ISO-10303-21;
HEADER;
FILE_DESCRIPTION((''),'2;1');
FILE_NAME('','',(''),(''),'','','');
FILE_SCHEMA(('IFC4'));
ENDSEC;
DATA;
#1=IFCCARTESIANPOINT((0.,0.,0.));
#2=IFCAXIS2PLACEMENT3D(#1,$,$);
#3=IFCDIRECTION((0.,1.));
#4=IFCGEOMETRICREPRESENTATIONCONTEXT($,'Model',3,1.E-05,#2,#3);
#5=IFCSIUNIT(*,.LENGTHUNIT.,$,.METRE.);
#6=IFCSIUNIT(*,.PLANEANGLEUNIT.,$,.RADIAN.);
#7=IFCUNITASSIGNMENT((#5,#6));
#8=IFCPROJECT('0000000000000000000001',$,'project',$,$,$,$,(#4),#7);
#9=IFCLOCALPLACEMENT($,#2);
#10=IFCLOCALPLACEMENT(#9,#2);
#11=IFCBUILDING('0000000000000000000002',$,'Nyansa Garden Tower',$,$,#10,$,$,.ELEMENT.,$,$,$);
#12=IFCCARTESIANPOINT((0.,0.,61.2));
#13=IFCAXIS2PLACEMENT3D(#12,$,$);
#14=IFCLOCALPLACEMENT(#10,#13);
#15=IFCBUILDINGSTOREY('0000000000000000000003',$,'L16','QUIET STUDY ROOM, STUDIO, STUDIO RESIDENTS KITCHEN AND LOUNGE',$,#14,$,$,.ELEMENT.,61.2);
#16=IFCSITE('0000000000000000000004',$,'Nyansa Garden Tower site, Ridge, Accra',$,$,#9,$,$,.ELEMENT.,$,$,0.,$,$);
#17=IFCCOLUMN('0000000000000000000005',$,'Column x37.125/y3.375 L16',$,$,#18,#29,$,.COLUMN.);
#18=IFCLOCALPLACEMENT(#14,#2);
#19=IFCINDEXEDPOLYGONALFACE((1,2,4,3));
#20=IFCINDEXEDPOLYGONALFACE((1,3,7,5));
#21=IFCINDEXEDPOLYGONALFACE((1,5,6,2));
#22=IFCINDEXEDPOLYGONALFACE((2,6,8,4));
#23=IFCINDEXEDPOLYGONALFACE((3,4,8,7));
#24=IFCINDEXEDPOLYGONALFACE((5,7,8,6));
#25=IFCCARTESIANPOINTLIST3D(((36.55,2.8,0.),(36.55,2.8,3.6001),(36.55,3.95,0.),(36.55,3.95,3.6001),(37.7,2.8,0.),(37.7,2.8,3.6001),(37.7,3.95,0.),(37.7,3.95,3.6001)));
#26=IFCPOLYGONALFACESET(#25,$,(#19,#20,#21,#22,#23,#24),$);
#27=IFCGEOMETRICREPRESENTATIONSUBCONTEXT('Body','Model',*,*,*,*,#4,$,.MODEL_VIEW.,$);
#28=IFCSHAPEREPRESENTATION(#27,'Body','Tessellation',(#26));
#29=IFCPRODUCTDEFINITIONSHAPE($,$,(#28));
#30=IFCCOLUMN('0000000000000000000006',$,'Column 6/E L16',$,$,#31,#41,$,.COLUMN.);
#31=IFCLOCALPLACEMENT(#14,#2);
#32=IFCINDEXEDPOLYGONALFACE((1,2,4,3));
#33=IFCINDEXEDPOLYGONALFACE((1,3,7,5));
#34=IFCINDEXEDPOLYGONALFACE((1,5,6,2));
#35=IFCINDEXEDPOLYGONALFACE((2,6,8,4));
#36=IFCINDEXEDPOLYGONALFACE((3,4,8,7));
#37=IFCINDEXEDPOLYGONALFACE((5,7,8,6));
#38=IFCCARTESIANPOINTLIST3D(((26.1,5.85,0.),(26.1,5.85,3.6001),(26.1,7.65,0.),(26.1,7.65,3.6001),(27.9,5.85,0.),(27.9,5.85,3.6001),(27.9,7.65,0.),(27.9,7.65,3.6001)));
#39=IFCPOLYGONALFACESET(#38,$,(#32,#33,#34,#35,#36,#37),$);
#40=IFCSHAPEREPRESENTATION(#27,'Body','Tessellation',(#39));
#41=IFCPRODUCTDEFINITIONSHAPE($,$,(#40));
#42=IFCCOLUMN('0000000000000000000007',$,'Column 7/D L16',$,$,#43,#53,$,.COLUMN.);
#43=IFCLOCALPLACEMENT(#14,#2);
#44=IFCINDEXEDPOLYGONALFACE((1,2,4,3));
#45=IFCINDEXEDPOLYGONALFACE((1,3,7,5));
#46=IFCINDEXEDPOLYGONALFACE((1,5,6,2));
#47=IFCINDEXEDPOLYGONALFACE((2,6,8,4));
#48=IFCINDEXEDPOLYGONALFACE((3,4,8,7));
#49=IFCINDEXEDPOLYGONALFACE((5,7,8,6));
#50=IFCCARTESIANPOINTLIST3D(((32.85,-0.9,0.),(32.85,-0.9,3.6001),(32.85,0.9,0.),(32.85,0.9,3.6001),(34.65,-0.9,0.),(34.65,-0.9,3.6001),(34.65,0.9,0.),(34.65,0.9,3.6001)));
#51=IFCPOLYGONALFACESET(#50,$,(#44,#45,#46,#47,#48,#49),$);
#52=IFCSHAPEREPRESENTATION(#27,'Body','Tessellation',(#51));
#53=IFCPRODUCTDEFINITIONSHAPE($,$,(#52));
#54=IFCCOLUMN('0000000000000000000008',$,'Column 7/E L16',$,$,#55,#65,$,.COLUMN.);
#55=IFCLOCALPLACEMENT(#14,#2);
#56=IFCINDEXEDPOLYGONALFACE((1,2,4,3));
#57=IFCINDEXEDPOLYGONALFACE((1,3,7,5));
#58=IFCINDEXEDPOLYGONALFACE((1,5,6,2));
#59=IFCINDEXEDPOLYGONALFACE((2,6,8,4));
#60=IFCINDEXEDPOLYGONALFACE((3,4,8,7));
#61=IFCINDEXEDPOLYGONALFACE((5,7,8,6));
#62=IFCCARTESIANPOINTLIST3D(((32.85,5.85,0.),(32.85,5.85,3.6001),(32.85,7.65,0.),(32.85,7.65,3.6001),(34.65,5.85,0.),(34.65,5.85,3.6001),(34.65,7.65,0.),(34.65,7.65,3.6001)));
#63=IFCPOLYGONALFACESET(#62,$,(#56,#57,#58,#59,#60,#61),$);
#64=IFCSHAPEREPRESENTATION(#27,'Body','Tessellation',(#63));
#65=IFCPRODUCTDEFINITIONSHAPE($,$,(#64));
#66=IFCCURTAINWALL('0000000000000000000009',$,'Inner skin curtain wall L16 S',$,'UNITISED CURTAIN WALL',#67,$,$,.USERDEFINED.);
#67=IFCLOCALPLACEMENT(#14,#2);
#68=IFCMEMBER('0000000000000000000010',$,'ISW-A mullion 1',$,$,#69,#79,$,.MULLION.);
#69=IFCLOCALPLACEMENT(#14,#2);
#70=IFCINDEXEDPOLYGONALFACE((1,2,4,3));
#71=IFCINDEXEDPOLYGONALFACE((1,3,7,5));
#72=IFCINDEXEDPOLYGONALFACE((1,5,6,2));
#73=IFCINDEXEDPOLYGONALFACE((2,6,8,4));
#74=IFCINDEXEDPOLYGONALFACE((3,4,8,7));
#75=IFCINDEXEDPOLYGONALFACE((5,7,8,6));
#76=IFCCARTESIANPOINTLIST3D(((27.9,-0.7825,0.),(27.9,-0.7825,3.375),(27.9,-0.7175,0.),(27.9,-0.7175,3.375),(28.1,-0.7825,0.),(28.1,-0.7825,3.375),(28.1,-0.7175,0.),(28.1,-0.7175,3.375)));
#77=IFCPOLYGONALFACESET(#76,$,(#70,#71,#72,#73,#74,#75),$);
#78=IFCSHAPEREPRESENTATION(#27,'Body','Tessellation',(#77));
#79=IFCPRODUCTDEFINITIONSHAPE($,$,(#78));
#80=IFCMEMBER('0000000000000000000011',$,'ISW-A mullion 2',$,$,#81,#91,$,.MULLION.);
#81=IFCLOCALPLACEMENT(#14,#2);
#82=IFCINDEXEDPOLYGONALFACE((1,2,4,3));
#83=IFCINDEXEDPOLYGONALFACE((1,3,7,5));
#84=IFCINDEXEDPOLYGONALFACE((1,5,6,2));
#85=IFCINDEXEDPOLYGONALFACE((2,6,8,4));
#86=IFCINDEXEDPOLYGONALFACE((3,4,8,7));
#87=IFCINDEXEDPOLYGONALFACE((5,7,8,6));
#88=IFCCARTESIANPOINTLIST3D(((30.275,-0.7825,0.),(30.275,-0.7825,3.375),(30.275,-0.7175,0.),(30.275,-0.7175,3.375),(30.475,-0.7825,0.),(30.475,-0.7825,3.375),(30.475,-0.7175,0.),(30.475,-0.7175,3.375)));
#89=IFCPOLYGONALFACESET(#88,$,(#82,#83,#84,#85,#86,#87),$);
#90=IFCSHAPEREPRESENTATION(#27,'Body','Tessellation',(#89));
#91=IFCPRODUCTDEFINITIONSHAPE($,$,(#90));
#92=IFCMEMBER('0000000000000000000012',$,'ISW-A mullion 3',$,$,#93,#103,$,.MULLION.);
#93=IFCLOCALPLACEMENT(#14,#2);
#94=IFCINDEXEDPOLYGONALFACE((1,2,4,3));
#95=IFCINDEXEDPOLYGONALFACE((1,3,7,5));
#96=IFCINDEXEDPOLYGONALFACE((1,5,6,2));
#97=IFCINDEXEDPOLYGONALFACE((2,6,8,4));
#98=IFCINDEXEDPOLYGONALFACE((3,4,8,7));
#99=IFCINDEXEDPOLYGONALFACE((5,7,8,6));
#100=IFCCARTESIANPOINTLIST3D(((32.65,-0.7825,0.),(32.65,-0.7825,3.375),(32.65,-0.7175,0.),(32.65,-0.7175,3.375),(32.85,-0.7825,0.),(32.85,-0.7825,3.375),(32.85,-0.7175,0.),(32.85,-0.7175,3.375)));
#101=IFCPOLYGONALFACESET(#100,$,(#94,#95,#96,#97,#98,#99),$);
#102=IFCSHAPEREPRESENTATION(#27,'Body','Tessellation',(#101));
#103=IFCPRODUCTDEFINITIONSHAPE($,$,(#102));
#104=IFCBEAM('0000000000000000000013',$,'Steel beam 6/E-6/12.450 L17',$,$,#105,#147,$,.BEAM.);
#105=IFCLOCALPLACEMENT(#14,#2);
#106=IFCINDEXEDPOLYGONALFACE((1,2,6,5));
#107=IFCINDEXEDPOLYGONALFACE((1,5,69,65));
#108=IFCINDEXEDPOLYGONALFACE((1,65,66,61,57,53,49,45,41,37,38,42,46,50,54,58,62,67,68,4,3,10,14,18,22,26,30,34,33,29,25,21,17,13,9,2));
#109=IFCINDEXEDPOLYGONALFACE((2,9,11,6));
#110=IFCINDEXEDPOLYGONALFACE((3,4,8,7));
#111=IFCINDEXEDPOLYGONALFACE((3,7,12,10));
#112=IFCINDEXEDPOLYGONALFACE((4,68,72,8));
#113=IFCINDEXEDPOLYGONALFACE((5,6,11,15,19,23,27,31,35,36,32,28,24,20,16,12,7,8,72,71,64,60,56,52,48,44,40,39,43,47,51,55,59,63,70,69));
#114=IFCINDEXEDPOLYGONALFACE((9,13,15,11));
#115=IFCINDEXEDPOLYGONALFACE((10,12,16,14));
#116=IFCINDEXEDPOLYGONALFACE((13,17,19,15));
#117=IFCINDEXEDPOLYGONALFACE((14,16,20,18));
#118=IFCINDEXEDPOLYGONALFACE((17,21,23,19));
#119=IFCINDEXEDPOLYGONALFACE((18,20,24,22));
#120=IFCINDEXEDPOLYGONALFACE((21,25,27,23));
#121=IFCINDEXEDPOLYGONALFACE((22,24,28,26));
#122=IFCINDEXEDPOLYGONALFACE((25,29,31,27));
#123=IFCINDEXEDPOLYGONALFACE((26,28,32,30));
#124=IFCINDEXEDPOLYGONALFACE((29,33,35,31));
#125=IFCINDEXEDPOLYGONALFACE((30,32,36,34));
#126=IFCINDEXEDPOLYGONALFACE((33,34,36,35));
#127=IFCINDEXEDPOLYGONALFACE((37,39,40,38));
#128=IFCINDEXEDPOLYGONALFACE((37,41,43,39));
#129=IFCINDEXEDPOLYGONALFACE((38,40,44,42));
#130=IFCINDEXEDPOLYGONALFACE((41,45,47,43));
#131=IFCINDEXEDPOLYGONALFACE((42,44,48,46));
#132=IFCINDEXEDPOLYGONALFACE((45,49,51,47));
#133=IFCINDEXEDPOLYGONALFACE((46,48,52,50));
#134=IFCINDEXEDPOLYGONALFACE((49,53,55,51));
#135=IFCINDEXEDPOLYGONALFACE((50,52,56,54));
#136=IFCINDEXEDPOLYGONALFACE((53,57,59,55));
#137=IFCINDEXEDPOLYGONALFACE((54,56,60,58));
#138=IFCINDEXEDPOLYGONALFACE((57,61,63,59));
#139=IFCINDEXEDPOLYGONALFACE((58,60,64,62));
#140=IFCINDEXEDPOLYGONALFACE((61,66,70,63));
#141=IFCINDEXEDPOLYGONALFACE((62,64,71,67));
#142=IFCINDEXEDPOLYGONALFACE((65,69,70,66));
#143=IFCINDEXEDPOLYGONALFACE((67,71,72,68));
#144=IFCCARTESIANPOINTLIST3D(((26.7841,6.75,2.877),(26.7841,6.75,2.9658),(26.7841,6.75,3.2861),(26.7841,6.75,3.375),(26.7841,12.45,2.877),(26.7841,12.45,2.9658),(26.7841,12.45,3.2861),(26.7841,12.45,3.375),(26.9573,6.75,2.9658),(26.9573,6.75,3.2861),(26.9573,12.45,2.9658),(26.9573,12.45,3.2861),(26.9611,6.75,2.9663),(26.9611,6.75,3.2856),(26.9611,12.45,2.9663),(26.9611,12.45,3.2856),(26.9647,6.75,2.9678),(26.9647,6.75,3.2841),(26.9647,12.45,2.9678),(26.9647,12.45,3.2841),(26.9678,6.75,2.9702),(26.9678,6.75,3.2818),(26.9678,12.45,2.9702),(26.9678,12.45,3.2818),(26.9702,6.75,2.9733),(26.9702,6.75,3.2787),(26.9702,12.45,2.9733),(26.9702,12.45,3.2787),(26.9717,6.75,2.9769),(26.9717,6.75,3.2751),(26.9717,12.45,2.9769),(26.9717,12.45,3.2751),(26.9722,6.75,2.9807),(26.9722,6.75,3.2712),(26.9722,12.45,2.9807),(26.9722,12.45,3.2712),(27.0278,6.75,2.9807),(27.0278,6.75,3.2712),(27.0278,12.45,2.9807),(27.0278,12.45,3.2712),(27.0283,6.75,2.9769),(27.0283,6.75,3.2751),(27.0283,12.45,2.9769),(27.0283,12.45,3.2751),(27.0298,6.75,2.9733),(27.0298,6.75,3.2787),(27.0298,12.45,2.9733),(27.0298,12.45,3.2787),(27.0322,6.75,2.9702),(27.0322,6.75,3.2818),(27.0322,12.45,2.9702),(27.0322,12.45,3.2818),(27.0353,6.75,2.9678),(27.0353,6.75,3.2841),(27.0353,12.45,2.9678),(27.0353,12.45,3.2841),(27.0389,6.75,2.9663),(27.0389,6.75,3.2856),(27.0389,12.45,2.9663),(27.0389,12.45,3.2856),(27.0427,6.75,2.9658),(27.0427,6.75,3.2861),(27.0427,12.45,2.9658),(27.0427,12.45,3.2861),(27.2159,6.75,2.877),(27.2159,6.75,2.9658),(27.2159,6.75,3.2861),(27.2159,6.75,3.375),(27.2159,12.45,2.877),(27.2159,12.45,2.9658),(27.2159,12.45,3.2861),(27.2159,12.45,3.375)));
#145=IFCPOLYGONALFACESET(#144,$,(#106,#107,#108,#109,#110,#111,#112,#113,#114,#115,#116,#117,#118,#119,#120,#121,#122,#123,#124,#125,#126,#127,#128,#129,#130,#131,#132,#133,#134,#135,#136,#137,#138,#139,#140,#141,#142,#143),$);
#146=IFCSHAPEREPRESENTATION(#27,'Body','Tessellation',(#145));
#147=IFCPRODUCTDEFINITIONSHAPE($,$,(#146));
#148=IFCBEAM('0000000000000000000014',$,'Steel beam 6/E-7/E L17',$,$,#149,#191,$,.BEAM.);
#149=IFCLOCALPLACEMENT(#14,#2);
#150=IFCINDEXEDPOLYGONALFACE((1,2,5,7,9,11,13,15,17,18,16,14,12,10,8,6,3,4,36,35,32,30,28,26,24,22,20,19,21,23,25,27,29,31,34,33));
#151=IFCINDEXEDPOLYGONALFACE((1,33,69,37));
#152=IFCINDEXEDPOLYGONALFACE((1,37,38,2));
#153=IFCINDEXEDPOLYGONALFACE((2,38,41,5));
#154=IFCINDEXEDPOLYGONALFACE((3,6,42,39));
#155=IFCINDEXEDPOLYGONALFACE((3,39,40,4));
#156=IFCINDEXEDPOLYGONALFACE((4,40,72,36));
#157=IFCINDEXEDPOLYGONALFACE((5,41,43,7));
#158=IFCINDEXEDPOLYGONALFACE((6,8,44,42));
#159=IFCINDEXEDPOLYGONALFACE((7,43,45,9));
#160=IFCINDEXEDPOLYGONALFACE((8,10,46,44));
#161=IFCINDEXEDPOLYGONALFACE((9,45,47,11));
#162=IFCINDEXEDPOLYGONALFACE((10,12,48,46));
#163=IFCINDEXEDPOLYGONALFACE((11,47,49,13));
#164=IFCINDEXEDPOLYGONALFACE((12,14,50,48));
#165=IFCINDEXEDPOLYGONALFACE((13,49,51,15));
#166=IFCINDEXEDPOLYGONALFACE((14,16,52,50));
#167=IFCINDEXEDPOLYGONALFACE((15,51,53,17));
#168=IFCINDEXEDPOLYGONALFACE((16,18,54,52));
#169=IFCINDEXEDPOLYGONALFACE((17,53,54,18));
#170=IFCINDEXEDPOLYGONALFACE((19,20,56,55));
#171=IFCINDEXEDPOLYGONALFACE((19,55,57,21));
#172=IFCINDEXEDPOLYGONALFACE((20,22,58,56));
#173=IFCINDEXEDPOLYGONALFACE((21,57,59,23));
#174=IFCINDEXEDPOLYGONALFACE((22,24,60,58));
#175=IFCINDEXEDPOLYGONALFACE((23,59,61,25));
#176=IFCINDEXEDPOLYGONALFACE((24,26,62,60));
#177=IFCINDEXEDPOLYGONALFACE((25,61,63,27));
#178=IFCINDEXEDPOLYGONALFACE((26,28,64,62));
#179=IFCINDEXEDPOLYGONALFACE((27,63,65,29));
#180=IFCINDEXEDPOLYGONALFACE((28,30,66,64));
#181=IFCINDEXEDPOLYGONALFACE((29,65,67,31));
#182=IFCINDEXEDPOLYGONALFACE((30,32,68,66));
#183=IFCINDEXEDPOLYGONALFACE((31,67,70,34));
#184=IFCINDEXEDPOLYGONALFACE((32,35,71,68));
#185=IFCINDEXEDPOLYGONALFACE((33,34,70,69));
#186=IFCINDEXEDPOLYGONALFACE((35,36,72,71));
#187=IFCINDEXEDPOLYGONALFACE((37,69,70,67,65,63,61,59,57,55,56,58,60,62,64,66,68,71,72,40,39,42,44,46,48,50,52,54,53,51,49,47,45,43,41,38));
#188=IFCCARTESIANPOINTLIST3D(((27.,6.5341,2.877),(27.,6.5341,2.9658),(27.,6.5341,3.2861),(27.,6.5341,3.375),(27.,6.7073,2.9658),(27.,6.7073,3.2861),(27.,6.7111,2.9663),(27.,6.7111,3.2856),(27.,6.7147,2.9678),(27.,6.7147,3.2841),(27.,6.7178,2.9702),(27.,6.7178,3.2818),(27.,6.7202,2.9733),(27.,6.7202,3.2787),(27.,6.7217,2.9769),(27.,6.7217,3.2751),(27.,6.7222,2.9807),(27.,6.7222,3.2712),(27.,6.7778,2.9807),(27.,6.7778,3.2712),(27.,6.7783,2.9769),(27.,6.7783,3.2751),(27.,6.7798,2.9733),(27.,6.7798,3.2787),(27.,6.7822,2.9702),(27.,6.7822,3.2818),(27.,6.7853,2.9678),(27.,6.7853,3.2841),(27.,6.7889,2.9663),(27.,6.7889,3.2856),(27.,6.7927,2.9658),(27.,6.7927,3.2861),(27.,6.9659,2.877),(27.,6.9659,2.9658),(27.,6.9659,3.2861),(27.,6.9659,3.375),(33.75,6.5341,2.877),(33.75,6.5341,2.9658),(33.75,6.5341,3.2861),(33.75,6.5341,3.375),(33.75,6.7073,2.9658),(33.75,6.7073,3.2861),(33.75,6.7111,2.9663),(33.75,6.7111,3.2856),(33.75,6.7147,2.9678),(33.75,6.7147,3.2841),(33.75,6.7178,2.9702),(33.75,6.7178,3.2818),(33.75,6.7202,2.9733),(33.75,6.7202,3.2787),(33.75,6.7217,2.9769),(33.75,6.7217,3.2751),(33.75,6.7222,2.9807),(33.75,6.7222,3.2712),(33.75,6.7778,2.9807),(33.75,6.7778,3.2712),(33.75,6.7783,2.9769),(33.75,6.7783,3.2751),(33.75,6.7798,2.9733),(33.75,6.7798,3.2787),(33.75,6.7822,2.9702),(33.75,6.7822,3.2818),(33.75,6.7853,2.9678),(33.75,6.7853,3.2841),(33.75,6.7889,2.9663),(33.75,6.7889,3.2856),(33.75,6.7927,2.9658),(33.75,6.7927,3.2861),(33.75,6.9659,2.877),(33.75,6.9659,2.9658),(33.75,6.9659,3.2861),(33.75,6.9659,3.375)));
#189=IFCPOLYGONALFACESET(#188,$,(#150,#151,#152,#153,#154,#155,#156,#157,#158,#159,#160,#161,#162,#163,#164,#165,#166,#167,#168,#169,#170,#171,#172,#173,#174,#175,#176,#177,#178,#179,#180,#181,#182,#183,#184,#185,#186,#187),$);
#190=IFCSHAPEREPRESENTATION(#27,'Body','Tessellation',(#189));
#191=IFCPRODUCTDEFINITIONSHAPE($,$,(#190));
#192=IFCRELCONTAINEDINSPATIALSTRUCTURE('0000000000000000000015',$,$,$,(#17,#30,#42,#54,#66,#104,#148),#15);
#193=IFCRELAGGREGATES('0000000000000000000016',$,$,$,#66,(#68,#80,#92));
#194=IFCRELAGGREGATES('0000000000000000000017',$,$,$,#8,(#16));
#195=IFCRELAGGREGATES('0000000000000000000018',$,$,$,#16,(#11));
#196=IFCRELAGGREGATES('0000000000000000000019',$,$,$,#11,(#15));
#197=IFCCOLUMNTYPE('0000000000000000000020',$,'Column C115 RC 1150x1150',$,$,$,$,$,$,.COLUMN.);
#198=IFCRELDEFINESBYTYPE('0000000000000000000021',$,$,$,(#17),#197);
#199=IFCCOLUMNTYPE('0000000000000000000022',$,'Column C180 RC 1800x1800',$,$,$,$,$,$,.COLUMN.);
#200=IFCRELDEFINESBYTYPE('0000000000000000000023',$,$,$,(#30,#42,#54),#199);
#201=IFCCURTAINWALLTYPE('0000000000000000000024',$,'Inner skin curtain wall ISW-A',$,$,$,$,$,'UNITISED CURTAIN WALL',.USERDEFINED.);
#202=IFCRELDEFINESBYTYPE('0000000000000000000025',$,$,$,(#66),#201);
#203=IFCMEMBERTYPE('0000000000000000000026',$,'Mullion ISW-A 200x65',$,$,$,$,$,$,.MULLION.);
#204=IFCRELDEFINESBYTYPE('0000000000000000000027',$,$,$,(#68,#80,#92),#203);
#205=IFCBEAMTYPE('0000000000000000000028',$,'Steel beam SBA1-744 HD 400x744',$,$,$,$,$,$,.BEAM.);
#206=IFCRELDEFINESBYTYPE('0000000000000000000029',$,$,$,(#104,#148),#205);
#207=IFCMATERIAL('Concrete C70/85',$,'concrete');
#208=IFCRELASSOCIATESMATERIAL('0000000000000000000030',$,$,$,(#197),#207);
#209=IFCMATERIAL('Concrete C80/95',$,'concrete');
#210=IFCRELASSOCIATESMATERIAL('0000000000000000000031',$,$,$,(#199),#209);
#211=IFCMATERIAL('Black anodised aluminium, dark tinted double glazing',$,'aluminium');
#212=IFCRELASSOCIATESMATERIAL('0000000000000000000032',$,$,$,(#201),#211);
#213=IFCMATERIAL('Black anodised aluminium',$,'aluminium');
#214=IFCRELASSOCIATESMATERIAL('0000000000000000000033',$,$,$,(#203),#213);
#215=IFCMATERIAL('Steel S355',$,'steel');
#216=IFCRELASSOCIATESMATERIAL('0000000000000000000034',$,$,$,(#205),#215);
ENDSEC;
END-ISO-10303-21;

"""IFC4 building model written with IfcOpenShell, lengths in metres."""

from ifc_helpers import new_model, si_unit, direction, frame, origin, origin_2d, place, context, subcontext, project, spatial, rectangle, i_section, extrude, material, material_profile, profile_set, type_object, element, aggregate, save


model = new_model("IFC4")

# Units and contexts
model_context = context("Model", 3, precision=1e-05, world=origin(), true_north=direction((0.0, 1.0)))
body_context = subcontext(model_context, "Body", "Model", "MODEL_VIEW")
ifc_project = project(units=[si_unit("LENGTHUNIT", "METRE"), si_unit("PLANEANGLEUNIT", "RADIAN")], contexts=[model_context])

# Site, building, storey
site_placement = place(None, origin())
site = spatial("IfcSite", under=ifc_project, at=site_placement, Name="Nyansa Garden Tower site, Ridge, Accra", CompositionType="ELEMENT", RefElevation=0.0)
building_placement = place(site_placement, origin())
building = spatial("IfcBuilding", under=site, at=building_placement, Name="Nyansa Garden Tower", CompositionType="ELEMENT")
storey_placement = place(building_placement, frame((0.0, 0.0, 61.2)))
storey = spatial("IfcBuildingStorey", under=building, at=storey_placement, Name="L16", Description="QUIET STUDY ROOM, STUDIO, STUDIO RESIDENTS KITCHEN AND LOUNGE", CompositionType="ELEMENT", Elevation=61.2)

# Columns
ifc_material_1 = material(Name="Concrete C70/85", Category="concrete")
ifc_material_profile_1 = material_profile(ifc_material_1, rectangle(XDim=1.1499, YDim=1.1499, at=origin_2d()), Name="RC 1150x1150")
ifc_profile_set_1 = profile_set([ifc_material_profile_1], Name="Concrete C70/85")
column_type_1 = type_object("IfcColumnType", Name="Column C115 RC 1150x1150", PredefinedType="COLUMN", material=ifc_profile_set_1)
column_placement = place(storey_placement, frame((37.125, 3.375, 0.0), z_axis=(0.0, 0.0, 1.0), x_axis=(1.0, 0.0, 0.0)))
element("IfcColumn", 1, at=column_placement, inside=storey, type_object=column_type_1, Name="Column x37.125/y3.375 L16", PredefinedType="COLUMN", context=body_context, shape_type="SweptSolid", body=[
    extrude(rectangle(XDim=1.1499, YDim=1.1499, at=origin_2d()), origin(), (0.0, 0.0, 1.0), 3.6001),
])
ifc_material_2 = material(Name="Concrete C80/95", Category="concrete")
ifc_material_profile_2 = material_profile(ifc_material_2, rectangle(XDim=1.8, YDim=1.8, at=origin_2d()), Name="RC 1800x1800")
ifc_profile_set_2 = profile_set([ifc_material_profile_2], Name="Concrete C80/95")
column_type_2 = type_object("IfcColumnType", Name="Column C180 RC 1800x1800", PredefinedType="COLUMN", material=ifc_profile_set_2)
for number, where, z_axis, x_axis, name in (
    (2, (27.0, 6.75, 0.0), (0.0, 0.0, 1.0), (1.0, 0.0, 0.0), "Column 6/E L16"),
    (3, (33.75, 0.0, 0.0), (0.0, 0.0, 1.0), (1.0, 0.0, 0.0), "Column 7/D L16"),
    (4, (33.75, 6.75, 0.0), (0.0, 0.0, 1.0), (1.0, 0.0, 0.0), "Column 7/E L16"),
):
    element("IfcColumn", number, at=place(storey_placement, frame(where, z_axis=z_axis, x_axis=x_axis)), inside=storey, type_object=column_type_2, Name=name, PredefinedType="COLUMN", context=body_context, shape_type="SweptSolid", body=[
        extrude(rectangle(XDim=1.8, YDim=1.8, at=origin_2d()), origin(), (0.0, 0.0, 1.0), 3.6001),
    ])

# Curtain wall, members
ifc_material_3 = material(Name="Black anodised aluminium, dark tinted double glazing", Category="aluminium")
curtain_wall_type = type_object("IfcCurtainWallType", Name="Inner skin curtain wall ISW-A", ElementType="UNITISED CURTAIN WALL", PredefinedType="USERDEFINED", material=ifc_material_3)
curtain_wall_placement = place(storey_placement, origin())
curtain_wall = element("IfcCurtainWall", 5, at=curtain_wall_placement, inside=storey, type_object=curtain_wall_type, Name="Inner skin curtain wall L16 S", ObjectType="UNITISED CURTAIN WALL", PredefinedType="USERDEFINED")
ifc_material_4 = material(Name="Black anodised aluminium", Category="aluminium")
ifc_material_profile_3 = material_profile(ifc_material_4, rectangle(XDim=0.0649, YDim=0.2, at=origin_2d()), Name="Mullion 200x65")
ifc_profile_set_3 = profile_set([ifc_material_profile_3], Name="Black anodised aluminium")
member_type_1 = type_object("IfcMemberType", Name="Mullion ISW-A 200x65", PredefinedType="MULLION", material=ifc_profile_set_3)
member_1_placement = place(storey_placement, frame((28.0, -0.75, 0.0), z_axis=(0.0, 0.0, 1.0), x_axis=(0.0, 1.0, 0.0)))
member_1 = element("IfcMember", 6, at=member_1_placement, type_object=member_type_1, Name="ISW-A mullion 1", PredefinedType="MULLION", context=body_context, shape_type="SweptSolid", body=[
    extrude(rectangle(XDim=0.0649, YDim=0.2, at=origin_2d()), origin(), (0.0, 0.0, 1.0), 3.375),
])
member_2_placement = place(storey_placement, frame((30.375, -0.75, 0.0), z_axis=(0.0, 0.0, 1.0), x_axis=(0.0, 1.0, 0.0)))
member_2 = element("IfcMember", 7, at=member_2_placement, type_object=member_type_1, Name="ISW-A mullion 2", PredefinedType="MULLION", context=body_context, shape_type="SweptSolid", body=[
    extrude(rectangle(XDim=0.0649, YDim=0.2, at=origin_2d()), origin(), (0.0, 0.0, 1.0), 3.375),
])
member_3_placement = place(storey_placement, frame((32.75, -0.75, 0.0), z_axis=(0.0, 0.0, 1.0), x_axis=(0.0, 1.0, 0.0)))
member_3 = element("IfcMember", 8, at=member_3_placement, type_object=member_type_1, Name="ISW-A mullion 3", PredefinedType="MULLION", context=body_context, shape_type="SweptSolid", body=[
    extrude(rectangle(XDim=0.0649, YDim=0.2, at=origin_2d()), origin(), (0.0, 0.0, 1.0), 3.375),
])

# Beams
ifc_material_5 = material(Name="Steel S355", Category="steel")
ifc_material_profile_4 = material_profile(ifc_material_5, i_section(OverallWidth=0.4319, OverallDepth=0.498, WebThickness=0.0557, FlangeThickness=0.0889, FilletRadius=0.0149, at=origin_2d()), Name="HD 400x744")
ifc_profile_set_4 = profile_set([ifc_material_profile_4], Name="Steel S355")
beam_type_1 = type_object("IfcBeamType", Name="Steel beam SBA1-744 HD 400x744", PredefinedType="BEAM", material=ifc_profile_set_4)
beam_placement = place(storey_placement, frame((27.0, 6.75, 3.126), z_axis=(0.0, 1.0, 0.0), x_axis=(-1.0, 0.0, 0.0)))
element("IfcBeam", 9, at=beam_placement, inside=storey, type_object=beam_type_1, Name="Steel beam 6/E-6/12.450 L17", PredefinedType="BEAM", context=body_context, shape_type="SweptSolid", body=[
    extrude(i_section(OverallWidth=0.4319, OverallDepth=0.498, WebThickness=0.0557, FlangeThickness=0.0889, FilletRadius=0.0149, at=origin_2d()), origin(), (0.0, 0.0, 1.0), 5.7),
])
for number, where, z_axis, x_axis, name in (
    (10, (27.0, 6.75, 3.126), (1.0, 0.0, 0.0), (0.0, 1.0, 0.0), "Steel beam 6/E-7/E L17"),
):
    element("IfcBeam", number, at=place(storey_placement, frame(where, z_axis=z_axis, x_axis=x_axis)), inside=storey, type_object=beam_type_1, Name=name, PredefinedType="BEAM", context=body_context, shape_type="SweptSolid", body=[
        extrude(i_section(OverallWidth=0.4319, OverallDepth=0.498, WebThickness=0.0557, FlangeThickness=0.0889, FilletRadius=0.0149, at=origin_2d()), origin(), (0.0, 0.0, 1.0), 6.75),
    ])

aggregate(curtain_wall, [member_1, member_2, member_3])

save(model, "model.ifc")
